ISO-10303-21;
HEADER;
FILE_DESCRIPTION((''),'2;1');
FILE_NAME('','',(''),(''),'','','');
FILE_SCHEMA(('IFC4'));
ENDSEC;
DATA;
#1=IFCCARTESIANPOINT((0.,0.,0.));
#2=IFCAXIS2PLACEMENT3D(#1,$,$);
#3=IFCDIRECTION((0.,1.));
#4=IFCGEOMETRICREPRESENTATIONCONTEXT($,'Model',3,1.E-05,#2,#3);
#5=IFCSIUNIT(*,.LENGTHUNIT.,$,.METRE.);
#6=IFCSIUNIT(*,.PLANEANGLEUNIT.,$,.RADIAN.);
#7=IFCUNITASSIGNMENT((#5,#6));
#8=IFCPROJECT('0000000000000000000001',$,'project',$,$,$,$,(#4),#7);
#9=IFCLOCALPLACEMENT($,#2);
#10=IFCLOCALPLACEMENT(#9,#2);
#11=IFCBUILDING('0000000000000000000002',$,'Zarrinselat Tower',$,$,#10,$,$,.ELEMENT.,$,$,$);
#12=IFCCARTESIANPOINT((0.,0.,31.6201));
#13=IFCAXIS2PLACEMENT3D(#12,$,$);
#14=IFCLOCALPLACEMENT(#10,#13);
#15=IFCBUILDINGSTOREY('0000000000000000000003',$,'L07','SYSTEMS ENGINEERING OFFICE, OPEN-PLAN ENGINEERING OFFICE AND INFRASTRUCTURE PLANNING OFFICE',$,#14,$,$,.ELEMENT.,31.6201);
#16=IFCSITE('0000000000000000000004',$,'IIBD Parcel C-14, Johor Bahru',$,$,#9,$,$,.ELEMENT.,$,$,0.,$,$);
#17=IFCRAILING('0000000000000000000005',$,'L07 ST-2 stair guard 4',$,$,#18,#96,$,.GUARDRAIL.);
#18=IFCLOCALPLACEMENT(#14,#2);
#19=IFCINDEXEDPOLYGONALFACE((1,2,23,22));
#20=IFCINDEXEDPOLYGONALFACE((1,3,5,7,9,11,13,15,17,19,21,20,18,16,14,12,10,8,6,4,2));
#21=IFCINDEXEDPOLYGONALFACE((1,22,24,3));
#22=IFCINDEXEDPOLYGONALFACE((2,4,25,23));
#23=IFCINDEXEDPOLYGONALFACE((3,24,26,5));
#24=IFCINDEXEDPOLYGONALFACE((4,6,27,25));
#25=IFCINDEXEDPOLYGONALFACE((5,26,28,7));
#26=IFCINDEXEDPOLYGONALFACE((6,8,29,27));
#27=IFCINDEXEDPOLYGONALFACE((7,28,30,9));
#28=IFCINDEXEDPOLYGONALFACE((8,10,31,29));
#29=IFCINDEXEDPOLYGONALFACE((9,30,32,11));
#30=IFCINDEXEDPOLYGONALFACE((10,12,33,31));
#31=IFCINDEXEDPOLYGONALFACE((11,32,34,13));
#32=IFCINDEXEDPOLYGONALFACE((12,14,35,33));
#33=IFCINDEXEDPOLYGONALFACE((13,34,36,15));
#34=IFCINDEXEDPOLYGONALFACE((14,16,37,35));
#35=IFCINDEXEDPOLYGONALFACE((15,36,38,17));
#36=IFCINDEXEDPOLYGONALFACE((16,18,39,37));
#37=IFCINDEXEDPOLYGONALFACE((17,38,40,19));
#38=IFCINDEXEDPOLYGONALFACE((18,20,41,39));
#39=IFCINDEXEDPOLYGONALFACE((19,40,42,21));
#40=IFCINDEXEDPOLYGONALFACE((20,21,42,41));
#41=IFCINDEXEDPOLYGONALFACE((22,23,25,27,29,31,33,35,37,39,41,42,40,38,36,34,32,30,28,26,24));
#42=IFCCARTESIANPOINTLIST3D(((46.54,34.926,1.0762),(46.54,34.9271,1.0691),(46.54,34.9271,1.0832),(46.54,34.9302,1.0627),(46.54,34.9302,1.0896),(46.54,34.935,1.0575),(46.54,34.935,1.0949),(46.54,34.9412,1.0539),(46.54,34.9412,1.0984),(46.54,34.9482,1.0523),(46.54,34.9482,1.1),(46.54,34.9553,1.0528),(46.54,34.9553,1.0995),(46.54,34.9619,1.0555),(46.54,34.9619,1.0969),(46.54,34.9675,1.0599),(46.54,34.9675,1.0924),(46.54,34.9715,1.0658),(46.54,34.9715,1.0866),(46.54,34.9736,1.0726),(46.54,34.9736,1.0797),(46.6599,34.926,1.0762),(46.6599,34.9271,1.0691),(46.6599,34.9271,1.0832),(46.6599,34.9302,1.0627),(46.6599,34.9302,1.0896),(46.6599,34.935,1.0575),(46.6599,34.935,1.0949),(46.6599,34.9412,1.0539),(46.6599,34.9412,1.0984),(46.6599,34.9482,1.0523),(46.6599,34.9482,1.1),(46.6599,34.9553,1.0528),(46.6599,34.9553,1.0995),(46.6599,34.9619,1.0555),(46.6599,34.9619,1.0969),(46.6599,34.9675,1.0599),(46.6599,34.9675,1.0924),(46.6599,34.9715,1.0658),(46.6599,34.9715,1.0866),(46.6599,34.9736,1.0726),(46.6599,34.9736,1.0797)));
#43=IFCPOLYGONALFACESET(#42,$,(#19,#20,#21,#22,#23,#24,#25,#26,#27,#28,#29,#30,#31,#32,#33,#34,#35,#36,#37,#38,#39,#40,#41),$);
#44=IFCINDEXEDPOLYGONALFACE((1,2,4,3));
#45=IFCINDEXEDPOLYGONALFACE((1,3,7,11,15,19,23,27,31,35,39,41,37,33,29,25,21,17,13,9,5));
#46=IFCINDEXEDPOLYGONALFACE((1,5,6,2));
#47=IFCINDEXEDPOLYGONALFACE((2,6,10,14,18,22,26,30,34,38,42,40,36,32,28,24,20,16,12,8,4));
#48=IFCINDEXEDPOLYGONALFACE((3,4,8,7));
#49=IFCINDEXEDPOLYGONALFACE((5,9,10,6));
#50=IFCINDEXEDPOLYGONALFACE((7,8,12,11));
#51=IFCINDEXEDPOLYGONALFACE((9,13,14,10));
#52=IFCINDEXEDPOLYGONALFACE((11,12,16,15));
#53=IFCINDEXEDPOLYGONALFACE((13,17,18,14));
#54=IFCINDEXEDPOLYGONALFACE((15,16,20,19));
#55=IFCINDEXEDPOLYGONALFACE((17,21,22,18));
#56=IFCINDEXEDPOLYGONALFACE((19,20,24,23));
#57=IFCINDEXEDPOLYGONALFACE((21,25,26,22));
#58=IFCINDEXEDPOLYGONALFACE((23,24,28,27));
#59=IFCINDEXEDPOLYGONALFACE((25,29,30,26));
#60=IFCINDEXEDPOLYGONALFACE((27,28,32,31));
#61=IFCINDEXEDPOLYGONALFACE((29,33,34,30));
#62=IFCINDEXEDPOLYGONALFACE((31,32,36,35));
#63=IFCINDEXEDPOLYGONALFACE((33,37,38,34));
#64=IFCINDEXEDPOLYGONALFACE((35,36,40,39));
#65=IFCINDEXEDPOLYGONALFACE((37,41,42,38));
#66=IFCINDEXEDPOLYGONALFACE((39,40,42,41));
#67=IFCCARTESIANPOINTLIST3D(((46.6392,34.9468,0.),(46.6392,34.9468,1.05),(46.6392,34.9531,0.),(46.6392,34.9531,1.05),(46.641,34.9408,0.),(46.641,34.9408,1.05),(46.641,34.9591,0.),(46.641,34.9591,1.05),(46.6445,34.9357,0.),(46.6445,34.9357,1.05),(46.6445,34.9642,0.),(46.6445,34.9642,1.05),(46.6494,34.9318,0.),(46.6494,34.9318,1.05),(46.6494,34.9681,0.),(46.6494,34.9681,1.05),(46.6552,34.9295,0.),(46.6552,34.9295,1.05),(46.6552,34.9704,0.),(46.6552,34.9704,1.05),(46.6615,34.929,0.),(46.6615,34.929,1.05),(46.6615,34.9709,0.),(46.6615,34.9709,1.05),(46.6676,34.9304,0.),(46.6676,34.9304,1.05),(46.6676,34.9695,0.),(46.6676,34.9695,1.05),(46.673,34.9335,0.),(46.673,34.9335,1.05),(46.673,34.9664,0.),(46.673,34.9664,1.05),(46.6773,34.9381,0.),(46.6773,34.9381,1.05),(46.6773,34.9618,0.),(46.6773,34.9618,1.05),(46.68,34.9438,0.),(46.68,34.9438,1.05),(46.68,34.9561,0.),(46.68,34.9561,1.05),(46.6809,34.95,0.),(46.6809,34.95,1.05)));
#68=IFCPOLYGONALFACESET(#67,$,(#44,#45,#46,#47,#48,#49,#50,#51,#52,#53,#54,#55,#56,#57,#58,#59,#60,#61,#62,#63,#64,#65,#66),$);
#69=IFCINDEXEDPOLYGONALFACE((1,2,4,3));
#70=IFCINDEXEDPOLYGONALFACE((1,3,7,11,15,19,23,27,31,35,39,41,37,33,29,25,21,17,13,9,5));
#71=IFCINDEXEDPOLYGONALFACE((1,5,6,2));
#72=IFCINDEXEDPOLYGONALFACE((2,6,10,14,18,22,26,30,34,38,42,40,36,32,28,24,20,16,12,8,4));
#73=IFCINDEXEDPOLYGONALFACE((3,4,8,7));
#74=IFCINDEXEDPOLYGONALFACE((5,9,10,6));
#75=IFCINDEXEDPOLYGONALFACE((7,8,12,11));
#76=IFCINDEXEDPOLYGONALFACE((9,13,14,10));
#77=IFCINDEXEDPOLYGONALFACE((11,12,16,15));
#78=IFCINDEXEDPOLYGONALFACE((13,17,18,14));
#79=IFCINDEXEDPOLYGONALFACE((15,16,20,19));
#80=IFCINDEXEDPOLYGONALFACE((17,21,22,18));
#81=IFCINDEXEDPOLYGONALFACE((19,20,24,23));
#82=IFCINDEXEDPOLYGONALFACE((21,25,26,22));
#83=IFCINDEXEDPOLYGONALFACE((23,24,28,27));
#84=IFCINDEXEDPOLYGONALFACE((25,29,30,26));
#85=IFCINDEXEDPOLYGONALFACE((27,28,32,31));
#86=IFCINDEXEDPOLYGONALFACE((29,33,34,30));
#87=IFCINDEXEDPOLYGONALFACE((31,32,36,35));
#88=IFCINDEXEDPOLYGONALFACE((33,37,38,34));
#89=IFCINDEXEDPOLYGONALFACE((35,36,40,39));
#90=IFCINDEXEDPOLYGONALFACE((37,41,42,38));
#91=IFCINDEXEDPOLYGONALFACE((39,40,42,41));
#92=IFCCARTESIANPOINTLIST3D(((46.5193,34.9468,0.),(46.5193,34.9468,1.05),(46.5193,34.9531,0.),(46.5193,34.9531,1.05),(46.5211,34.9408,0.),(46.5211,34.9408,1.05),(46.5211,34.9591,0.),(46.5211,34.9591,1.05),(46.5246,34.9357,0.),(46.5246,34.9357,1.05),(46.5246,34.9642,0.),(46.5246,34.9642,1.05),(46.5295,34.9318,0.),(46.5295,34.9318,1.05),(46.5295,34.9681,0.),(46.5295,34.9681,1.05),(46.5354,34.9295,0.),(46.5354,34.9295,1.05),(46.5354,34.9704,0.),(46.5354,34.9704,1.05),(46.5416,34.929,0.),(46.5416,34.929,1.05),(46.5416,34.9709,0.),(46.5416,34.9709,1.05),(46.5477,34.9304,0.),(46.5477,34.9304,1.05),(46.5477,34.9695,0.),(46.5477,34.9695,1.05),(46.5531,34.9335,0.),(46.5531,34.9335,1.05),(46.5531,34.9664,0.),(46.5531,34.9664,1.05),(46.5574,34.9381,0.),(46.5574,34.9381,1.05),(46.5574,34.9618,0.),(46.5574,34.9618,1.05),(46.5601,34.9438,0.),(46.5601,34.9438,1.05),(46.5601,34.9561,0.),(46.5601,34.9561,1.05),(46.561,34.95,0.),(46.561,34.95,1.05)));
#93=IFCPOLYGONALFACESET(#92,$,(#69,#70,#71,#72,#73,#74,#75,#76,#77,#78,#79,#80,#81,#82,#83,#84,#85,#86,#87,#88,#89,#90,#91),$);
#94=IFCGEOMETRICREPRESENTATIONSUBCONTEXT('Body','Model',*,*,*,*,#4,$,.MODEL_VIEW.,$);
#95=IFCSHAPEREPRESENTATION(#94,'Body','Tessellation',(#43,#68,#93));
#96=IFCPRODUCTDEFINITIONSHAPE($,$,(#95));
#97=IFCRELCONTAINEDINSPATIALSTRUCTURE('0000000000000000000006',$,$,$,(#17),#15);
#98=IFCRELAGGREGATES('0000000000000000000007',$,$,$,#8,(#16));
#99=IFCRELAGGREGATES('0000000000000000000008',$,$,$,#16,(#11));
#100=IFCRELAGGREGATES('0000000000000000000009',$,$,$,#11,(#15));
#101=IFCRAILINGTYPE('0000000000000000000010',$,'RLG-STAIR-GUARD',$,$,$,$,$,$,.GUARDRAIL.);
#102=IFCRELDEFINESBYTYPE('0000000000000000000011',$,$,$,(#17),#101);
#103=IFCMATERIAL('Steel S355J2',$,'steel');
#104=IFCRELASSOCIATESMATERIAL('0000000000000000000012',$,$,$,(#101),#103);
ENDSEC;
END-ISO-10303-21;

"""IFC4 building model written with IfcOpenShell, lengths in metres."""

from ifc_helpers import new_model, si_unit, direction, frame, origin, origin_2d, place, context, subcontext, project, spatial, circle, extrude, material, type_object, element, save


model = new_model("IFC4")

# Units and contexts
model_context = context("Model", 3, precision=1e-05, world=origin(), true_north=direction((0.0, 1.0)))
body_context = subcontext(model_context, "Body", "Model", "MODEL_VIEW")
ifc_project = project(units=[si_unit("LENGTHUNIT", "METRE"), si_unit("PLANEANGLEUNIT", "RADIAN")], contexts=[model_context])

# Site, building, storey
site_placement = place(None, origin())
site = spatial("IfcSite", under=ifc_project, at=site_placement, Name="IIBD Parcel C-14, Johor Bahru", CompositionType="ELEMENT", RefElevation=0.0)
building_placement = place(site_placement, origin())
building = spatial("IfcBuilding", under=site, at=building_placement, Name="Zarrinselat Tower", CompositionType="ELEMENT")
storey_placement = place(building_placement, frame((0.0, 0.0, 31.6201)))
storey = spatial("IfcBuildingStorey", under=building, at=storey_placement, Name="L07", Description="SYSTEMS ENGINEERING OFFICE, OPEN-PLAN ENGINEERING OFFICE AND INFRASTRUCTURE PLANNING OFFICE", CompositionType="ELEMENT", Elevation=31.6201)

# Railing
ifc_material_1 = material(Name="Steel S355J2", Category="steel")
railing_type_1 = type_object("IfcRailingType", Name="RLG-STAIR-GUARD", PredefinedType="GUARDRAIL", material=ifc_material_1)
railing_1_placement = place(storey_placement, frame((46.6599, 34.95, 0.0)))
element("IfcRailing", 1, at=railing_1_placement, inside=storey, type_object=railing_type_1, Name="L07 ST-2 stair guard 4", PredefinedType="GUARDRAIL", context=body_context, shape_type="SweptSolid", body=[
    extrude(circle(Radius=0.0239, at=origin_2d()), frame((0.0, 0.0, 1.0762), z_axis=(-1.0, 0.0, 0.0), x_axis=(0.0, -1.0, 0.0)), (0.0, 0.0, 1.0), 0.1199),
    extrude(circle(Radius=0.021, at=origin_2d()), origin(), (0.0, 0.0, 1.0), 1.05),
    extrude(circle(Radius=0.021, at=origin_2d()), frame((-0.1199, 0.0, 0.0)), (0.0, 0.0, 1.0), 1.05),
])

save(model, "model.ifc")
